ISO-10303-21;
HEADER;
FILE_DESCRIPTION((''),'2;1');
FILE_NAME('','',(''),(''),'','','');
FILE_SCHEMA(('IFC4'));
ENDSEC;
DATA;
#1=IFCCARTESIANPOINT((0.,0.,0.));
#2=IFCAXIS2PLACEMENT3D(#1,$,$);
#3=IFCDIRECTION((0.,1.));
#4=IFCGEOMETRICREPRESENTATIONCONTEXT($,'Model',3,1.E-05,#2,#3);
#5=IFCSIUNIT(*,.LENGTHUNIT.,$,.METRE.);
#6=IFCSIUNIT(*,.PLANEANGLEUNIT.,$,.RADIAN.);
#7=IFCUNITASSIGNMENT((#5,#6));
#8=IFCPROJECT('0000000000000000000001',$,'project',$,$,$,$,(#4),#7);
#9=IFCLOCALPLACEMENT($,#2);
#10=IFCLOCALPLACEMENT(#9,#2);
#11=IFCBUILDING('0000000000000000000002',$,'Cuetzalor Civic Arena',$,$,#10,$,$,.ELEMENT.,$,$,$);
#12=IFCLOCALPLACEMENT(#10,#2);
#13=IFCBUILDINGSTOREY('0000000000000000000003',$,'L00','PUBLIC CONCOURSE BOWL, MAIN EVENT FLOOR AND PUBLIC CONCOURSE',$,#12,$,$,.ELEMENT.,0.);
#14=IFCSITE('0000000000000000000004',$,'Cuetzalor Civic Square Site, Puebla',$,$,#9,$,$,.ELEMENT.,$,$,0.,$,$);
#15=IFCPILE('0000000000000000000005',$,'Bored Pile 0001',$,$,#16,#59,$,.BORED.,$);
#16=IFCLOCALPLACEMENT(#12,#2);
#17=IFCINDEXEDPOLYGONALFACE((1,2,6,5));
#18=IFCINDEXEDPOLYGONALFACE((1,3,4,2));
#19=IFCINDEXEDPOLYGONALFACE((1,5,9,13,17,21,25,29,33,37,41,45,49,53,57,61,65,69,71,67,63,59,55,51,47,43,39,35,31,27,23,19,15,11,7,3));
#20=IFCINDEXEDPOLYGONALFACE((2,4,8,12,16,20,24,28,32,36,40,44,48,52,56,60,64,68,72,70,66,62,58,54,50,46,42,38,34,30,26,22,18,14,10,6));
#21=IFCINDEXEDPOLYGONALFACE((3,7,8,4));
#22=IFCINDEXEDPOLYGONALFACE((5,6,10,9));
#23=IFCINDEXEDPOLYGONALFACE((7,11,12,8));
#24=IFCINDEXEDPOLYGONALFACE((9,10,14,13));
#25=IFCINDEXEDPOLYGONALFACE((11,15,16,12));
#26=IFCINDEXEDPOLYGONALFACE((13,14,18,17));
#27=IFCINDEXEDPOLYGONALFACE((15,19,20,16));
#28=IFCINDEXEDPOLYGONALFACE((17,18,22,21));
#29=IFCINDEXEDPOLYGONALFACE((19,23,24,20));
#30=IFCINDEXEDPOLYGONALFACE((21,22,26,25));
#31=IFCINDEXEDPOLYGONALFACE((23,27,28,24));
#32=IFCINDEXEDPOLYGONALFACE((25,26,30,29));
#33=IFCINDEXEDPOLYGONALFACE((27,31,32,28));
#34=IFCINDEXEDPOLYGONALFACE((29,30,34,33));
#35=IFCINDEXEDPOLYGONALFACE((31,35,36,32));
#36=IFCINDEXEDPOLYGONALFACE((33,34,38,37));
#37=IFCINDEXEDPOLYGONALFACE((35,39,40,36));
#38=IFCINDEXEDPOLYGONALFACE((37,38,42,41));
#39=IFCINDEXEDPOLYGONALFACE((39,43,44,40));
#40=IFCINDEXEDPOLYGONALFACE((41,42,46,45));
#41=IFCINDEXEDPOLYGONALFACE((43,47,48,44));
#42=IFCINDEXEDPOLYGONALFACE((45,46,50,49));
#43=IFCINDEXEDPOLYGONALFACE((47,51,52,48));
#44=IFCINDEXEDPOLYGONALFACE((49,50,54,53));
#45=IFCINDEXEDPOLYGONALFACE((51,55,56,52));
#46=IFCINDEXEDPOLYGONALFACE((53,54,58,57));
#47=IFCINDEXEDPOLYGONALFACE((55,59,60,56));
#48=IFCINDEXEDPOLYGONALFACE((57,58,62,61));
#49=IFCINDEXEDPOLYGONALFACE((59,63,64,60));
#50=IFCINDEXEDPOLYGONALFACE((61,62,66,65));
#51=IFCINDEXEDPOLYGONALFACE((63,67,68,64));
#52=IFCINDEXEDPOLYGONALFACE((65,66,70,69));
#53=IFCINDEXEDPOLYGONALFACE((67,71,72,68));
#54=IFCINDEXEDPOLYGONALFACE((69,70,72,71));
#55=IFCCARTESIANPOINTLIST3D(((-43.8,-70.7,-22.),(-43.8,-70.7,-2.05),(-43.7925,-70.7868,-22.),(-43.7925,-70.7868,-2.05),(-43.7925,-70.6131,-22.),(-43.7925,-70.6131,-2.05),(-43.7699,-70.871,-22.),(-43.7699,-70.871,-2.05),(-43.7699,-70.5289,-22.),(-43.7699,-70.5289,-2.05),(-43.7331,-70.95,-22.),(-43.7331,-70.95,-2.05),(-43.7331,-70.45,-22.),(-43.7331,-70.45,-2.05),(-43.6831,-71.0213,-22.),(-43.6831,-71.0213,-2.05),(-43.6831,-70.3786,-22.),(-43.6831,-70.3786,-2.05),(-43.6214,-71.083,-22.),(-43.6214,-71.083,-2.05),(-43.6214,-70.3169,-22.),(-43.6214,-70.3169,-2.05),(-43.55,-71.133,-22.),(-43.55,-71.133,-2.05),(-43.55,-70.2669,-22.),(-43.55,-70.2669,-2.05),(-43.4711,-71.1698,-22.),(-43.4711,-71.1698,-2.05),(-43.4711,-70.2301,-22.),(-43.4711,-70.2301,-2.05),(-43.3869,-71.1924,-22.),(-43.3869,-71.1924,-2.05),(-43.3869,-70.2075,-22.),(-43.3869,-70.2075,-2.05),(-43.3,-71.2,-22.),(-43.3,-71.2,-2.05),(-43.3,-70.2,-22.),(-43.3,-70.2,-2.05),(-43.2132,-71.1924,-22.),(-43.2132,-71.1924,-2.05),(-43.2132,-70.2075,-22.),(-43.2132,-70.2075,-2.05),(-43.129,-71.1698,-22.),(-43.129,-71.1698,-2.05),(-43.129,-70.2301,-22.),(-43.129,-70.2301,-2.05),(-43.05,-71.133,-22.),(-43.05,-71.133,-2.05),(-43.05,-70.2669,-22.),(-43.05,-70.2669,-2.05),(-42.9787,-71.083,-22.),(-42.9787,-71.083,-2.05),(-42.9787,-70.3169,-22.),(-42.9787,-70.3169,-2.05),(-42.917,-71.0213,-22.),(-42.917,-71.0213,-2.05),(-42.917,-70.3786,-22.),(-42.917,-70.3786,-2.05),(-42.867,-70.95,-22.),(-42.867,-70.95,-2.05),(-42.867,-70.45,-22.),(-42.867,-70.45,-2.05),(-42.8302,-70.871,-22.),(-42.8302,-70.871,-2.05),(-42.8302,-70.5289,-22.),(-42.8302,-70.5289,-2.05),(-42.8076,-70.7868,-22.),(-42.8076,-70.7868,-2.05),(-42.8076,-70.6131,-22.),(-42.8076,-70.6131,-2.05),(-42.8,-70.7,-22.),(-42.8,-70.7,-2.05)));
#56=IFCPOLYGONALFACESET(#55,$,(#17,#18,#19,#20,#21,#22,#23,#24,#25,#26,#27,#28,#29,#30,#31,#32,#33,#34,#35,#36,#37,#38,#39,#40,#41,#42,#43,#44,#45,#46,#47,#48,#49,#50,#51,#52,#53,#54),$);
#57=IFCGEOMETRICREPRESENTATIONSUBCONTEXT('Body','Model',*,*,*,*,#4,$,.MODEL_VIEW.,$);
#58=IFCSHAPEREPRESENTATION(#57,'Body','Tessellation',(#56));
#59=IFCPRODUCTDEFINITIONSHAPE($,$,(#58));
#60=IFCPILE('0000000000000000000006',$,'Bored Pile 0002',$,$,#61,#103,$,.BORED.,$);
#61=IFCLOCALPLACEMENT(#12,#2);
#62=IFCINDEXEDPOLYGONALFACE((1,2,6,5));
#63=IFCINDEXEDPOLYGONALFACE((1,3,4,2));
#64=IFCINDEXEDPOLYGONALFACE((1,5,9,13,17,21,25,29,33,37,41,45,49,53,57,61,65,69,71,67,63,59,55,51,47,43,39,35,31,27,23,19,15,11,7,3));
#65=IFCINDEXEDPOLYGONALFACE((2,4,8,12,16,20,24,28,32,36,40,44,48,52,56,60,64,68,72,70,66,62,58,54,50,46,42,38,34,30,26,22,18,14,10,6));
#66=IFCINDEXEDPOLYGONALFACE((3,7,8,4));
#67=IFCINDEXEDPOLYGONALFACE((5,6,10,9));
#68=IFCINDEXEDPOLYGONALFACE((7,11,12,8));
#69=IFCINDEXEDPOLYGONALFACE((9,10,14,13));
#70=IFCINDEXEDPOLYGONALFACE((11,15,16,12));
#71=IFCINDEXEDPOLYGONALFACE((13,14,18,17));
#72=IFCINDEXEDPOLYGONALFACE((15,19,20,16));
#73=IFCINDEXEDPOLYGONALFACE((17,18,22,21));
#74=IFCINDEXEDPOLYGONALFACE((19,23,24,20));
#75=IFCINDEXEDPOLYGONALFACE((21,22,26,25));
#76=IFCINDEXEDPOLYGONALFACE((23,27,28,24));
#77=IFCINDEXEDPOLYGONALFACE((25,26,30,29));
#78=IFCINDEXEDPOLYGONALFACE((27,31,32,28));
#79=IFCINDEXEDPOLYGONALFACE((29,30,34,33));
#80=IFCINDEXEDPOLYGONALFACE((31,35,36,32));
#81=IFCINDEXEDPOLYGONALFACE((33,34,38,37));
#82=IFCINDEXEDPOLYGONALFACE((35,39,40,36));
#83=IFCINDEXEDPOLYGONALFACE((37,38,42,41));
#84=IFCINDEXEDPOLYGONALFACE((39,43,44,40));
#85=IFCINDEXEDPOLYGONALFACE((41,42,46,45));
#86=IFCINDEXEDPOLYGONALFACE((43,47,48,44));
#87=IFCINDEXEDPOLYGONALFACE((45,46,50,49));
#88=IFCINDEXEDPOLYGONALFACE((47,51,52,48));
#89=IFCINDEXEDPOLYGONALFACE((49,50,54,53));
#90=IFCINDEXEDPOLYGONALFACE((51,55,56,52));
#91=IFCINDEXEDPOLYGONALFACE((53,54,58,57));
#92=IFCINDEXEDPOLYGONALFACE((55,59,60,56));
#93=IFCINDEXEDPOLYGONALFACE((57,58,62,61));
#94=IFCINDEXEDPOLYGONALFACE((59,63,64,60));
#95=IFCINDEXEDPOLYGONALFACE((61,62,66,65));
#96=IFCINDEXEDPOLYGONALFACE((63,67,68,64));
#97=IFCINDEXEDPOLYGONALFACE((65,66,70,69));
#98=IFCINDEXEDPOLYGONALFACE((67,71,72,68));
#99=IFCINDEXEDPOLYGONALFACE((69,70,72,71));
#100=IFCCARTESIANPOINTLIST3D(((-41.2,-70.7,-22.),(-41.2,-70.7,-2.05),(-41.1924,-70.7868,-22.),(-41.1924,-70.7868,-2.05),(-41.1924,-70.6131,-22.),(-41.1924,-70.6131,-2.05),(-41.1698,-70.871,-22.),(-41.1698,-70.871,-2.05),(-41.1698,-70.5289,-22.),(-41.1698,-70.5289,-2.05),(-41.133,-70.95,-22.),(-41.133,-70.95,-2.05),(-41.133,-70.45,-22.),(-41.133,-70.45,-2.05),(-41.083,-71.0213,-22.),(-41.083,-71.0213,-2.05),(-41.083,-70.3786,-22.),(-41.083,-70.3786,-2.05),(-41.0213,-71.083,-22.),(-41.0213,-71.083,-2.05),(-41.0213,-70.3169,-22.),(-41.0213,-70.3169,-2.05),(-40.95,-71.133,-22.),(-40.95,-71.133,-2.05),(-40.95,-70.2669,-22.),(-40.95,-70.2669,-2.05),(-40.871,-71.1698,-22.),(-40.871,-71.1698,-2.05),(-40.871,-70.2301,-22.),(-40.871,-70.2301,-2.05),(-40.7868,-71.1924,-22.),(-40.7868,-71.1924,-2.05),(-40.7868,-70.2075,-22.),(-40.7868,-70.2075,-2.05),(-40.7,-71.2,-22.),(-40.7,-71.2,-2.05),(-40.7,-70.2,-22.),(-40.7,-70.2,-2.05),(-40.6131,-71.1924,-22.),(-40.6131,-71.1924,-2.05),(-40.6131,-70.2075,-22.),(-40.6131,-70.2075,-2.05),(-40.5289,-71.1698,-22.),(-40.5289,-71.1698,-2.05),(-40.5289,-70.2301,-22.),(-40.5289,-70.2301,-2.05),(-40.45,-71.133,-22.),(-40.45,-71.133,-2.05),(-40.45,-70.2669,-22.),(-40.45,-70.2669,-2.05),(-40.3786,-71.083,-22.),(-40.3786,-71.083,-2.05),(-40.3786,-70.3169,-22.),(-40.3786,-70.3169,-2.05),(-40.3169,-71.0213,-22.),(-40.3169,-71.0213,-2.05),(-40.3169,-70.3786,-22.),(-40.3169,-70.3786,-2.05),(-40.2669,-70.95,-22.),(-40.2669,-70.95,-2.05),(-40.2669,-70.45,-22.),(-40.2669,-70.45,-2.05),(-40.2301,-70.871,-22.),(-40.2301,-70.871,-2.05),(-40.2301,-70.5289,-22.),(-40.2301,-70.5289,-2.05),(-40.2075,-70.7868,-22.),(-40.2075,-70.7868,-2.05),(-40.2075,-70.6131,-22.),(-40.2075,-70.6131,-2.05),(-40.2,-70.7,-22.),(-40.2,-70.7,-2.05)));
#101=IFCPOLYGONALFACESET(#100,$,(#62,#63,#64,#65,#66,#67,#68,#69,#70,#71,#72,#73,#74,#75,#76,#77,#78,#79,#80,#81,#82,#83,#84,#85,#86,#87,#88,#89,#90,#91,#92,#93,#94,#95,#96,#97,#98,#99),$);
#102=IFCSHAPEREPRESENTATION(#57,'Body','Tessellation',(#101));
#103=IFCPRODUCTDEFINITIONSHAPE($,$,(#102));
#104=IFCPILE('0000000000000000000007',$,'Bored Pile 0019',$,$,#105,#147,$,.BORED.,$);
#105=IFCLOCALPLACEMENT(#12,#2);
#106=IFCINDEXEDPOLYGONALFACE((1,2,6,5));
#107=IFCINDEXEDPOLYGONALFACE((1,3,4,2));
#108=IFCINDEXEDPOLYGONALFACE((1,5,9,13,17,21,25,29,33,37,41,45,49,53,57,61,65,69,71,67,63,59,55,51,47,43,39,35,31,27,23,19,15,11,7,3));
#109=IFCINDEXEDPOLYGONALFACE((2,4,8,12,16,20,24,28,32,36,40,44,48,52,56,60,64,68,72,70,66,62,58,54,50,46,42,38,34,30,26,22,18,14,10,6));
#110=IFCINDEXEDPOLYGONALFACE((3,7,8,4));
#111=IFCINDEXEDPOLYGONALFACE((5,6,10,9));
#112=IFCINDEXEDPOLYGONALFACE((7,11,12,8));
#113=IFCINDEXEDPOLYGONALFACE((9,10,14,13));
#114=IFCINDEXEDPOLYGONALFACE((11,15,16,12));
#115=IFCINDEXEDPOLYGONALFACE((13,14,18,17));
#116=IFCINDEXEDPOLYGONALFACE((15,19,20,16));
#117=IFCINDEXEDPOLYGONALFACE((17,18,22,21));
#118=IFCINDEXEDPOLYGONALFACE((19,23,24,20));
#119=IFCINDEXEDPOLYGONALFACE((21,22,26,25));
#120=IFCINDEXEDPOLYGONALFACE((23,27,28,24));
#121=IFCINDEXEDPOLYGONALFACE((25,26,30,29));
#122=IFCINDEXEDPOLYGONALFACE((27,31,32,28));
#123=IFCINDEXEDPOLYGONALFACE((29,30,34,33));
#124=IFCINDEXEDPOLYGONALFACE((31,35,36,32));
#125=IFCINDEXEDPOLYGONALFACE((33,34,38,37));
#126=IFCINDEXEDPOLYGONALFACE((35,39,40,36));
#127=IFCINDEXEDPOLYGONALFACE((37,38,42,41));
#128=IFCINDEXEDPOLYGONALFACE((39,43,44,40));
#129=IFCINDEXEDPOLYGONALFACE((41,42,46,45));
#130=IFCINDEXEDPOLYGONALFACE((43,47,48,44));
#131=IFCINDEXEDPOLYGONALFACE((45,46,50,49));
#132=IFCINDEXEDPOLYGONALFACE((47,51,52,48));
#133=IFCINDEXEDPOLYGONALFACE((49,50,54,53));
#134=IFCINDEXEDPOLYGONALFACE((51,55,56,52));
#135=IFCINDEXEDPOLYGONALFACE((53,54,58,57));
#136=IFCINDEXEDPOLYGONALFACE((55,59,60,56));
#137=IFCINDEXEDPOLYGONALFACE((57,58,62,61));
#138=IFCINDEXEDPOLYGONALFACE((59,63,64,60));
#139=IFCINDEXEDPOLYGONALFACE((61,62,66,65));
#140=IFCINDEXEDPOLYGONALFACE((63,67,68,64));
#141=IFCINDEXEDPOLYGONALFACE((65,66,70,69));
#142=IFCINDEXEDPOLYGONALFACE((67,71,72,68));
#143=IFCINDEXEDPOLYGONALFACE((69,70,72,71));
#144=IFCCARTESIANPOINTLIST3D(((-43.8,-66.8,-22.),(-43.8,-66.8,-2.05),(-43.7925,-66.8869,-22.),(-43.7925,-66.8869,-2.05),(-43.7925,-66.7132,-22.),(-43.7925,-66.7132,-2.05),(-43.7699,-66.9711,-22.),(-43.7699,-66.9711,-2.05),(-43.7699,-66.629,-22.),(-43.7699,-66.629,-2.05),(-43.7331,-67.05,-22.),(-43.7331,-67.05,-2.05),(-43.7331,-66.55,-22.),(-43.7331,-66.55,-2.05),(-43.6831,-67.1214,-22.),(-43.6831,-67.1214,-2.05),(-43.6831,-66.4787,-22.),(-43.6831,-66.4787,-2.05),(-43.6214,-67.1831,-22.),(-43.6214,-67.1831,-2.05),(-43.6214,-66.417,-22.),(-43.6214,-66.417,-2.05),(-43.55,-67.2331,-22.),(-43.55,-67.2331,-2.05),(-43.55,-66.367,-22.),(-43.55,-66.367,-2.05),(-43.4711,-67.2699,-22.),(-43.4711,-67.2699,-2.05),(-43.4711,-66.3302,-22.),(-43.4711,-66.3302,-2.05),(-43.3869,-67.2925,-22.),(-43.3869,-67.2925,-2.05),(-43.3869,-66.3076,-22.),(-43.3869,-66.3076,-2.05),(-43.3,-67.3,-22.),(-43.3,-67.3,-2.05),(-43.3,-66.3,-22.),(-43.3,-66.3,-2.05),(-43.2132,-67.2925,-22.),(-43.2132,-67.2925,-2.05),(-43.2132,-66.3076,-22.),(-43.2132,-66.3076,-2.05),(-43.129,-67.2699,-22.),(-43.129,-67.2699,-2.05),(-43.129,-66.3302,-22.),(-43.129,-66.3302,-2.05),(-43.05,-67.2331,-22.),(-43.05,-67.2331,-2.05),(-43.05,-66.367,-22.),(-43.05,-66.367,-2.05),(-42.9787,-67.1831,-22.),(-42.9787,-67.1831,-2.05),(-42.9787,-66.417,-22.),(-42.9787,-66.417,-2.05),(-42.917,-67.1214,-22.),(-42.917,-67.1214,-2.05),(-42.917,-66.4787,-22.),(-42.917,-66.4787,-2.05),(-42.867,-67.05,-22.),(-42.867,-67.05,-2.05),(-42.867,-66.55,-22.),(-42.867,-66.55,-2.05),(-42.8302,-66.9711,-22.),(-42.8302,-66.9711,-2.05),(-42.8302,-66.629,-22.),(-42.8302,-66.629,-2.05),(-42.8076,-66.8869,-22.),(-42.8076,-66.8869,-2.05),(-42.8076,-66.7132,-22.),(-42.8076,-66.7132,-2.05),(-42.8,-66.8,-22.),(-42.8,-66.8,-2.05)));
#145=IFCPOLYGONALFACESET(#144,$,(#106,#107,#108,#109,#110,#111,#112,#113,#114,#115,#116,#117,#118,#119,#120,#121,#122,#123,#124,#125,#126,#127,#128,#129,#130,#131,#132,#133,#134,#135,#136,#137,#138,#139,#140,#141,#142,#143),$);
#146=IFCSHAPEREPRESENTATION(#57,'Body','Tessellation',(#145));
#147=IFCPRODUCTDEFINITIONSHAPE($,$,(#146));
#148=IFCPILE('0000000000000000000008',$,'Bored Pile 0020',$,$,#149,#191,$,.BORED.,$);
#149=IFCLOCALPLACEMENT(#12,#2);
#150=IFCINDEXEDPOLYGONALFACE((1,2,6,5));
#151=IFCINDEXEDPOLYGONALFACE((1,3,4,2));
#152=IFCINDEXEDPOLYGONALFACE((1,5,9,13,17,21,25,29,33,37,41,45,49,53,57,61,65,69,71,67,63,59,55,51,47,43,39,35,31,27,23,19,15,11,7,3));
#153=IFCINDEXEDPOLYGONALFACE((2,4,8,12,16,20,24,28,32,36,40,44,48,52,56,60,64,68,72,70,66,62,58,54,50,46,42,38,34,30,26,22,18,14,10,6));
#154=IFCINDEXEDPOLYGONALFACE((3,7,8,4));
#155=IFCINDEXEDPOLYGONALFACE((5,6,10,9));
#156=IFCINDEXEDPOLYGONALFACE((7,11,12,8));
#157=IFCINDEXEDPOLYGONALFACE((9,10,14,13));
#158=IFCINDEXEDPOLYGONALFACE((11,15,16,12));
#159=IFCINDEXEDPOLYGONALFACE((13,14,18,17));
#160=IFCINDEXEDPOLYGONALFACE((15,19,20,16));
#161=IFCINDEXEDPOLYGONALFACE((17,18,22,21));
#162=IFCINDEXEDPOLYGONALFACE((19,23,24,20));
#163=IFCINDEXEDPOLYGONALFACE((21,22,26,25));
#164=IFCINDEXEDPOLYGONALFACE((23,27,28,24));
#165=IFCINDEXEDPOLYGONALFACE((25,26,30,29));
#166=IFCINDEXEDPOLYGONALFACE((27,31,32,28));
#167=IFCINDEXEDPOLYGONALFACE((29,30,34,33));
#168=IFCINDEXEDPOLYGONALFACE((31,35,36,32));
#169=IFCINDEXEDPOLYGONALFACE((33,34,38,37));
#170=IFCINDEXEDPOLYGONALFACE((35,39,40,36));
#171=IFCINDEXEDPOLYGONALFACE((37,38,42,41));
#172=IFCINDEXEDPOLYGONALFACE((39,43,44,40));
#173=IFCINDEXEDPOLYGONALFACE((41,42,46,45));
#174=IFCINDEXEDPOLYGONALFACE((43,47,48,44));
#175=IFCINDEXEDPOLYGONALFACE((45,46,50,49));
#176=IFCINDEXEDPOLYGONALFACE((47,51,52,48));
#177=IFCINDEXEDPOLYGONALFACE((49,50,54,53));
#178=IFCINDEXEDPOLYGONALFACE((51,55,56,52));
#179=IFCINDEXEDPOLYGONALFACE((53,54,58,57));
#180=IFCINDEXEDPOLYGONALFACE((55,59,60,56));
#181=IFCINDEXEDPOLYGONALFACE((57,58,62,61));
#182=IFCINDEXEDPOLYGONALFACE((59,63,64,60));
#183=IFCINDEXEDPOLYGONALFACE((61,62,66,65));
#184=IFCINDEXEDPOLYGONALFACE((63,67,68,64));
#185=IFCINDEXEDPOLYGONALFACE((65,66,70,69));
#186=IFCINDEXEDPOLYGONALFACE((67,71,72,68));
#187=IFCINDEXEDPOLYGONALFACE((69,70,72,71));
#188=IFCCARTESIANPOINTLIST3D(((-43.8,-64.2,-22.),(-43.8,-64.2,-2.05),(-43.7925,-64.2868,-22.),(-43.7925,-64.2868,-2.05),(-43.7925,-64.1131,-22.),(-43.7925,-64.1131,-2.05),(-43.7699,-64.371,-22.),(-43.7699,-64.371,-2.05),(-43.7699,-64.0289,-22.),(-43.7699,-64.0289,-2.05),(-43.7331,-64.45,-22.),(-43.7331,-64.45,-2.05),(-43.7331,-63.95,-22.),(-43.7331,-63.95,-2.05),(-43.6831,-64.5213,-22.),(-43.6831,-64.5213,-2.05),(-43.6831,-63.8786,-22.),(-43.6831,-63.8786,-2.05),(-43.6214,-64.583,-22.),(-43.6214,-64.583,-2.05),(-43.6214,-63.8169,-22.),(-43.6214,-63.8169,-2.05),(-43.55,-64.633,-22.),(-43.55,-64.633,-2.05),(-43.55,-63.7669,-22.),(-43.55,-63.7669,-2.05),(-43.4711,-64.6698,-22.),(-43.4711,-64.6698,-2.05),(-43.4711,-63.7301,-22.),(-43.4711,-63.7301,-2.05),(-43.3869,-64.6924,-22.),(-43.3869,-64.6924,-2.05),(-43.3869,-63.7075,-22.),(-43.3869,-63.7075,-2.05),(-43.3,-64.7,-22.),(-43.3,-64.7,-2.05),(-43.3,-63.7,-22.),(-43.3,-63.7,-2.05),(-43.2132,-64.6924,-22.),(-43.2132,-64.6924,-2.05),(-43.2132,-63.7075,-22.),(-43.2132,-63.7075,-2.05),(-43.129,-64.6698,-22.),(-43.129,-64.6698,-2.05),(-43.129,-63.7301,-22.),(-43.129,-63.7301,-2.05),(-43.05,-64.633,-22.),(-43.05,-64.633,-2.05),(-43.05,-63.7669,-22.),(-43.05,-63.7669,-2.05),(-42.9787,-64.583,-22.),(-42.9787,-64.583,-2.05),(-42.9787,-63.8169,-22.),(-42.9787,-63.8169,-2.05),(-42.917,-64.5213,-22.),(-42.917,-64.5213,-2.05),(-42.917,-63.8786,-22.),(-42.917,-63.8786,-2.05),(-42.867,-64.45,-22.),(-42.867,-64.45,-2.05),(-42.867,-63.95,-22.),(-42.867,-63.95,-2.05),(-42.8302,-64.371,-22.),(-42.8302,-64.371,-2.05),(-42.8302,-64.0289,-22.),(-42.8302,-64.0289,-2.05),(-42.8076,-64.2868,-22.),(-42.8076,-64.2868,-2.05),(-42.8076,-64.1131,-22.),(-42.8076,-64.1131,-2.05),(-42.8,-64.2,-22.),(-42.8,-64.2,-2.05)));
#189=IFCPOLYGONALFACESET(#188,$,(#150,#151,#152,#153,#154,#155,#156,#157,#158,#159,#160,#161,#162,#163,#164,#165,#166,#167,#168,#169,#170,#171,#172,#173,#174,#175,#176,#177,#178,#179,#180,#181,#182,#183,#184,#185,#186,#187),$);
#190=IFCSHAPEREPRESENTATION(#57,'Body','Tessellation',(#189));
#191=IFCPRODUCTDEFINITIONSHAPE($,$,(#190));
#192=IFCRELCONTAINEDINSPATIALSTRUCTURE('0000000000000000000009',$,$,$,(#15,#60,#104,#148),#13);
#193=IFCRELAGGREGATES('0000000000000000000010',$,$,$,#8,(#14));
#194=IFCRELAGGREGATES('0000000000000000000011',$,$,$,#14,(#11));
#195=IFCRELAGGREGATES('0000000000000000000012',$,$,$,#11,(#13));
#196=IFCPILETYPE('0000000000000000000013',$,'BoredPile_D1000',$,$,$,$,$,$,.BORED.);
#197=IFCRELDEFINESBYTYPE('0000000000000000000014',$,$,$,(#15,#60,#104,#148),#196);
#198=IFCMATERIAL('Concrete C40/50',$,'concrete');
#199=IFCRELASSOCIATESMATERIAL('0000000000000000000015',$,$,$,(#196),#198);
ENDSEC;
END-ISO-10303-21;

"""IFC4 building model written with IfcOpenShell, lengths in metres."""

from ifc_helpers import new_model, si_unit, direction, frame, origin, origin_2d, place, context, subcontext, project, spatial, circle, extrude, material, material_profile, profile_set, type_object, element, save


model = new_model("IFC4")

# Units and contexts
model_context = context("Model", 3, precision=1e-05, world=origin(), true_north=direction((0.0, 1.0)))
body_context = subcontext(model_context, "Body", "Model", "MODEL_VIEW")
ifc_project = project(units=[si_unit("LENGTHUNIT", "METRE"), si_unit("PLANEANGLEUNIT", "RADIAN")], contexts=[model_context])

# Site, building, storey
site_placement = place(None, origin())
site = spatial("IfcSite", under=ifc_project, at=site_placement, Name="Cuetzalor Civic Square Site, Puebla", CompositionType="ELEMENT", RefElevation=0.0)
building_placement = place(site_placement, origin())
building = spatial("IfcBuilding", under=site, at=building_placement, Name="Cuetzalor Civic Arena", CompositionType="ELEMENT")
storey_placement = place(building_placement, origin())
storey = spatial("IfcBuildingStorey", under=building, at=storey_placement, Name="L00", Description="PUBLIC CONCOURSE BOWL, MAIN EVENT FLOOR AND PUBLIC CONCOURSE", CompositionType="ELEMENT", Elevation=0.0)

# Piles
ifc_material_1 = material(Name="Concrete C40/50", Category="concrete")
ifc_material_profile_1 = material_profile(ifc_material_1, circle(Radius=0.5, at=origin_2d()), Name="BORED PILE D1000")
ifc_profile_set_1 = profile_set([ifc_material_profile_1], Name="Concrete C40/50")
pile_type = type_object("IfcPileType", Name="BoredPile_D1000", PredefinedType="BORED", material=ifc_profile_set_1)
for number, where, z_axis, x_axis, name in (
    (1, (-43.3, -70.7, -2.05), (0.0, 0.0, -1.0), (1.0, 0.0, 0.0), "Bored Pile 0001"),
    (2, (-40.7, -70.7, -2.05), (0.0, 0.0, -1.0), (1.0, 0.0, 0.0), "Bored Pile 0002"),
    (3, (-43.3, -66.8, -2.05), (0.0, 0.0, -1.0), (1.0, 0.0, 0.0), "Bored Pile 0019"),
    (4, (-43.3, -64.2, -2.05), (0.0, 0.0, -1.0), (1.0, 0.0, 0.0), "Bored Pile 0020"),
):
    element("IfcPile", number, at=place(storey_placement, frame(where, z_axis=z_axis, x_axis=x_axis)), inside=storey, type_object=pile_type, Name=name, PredefinedType="BORED", context=body_context, shape_type="SweptSolid", body=[
        extrude(circle(Radius=0.5, at=origin_2d()), origin(), (0.0, 0.0, 1.0), 19.95),
    ])

save(model, "model.ifc")
